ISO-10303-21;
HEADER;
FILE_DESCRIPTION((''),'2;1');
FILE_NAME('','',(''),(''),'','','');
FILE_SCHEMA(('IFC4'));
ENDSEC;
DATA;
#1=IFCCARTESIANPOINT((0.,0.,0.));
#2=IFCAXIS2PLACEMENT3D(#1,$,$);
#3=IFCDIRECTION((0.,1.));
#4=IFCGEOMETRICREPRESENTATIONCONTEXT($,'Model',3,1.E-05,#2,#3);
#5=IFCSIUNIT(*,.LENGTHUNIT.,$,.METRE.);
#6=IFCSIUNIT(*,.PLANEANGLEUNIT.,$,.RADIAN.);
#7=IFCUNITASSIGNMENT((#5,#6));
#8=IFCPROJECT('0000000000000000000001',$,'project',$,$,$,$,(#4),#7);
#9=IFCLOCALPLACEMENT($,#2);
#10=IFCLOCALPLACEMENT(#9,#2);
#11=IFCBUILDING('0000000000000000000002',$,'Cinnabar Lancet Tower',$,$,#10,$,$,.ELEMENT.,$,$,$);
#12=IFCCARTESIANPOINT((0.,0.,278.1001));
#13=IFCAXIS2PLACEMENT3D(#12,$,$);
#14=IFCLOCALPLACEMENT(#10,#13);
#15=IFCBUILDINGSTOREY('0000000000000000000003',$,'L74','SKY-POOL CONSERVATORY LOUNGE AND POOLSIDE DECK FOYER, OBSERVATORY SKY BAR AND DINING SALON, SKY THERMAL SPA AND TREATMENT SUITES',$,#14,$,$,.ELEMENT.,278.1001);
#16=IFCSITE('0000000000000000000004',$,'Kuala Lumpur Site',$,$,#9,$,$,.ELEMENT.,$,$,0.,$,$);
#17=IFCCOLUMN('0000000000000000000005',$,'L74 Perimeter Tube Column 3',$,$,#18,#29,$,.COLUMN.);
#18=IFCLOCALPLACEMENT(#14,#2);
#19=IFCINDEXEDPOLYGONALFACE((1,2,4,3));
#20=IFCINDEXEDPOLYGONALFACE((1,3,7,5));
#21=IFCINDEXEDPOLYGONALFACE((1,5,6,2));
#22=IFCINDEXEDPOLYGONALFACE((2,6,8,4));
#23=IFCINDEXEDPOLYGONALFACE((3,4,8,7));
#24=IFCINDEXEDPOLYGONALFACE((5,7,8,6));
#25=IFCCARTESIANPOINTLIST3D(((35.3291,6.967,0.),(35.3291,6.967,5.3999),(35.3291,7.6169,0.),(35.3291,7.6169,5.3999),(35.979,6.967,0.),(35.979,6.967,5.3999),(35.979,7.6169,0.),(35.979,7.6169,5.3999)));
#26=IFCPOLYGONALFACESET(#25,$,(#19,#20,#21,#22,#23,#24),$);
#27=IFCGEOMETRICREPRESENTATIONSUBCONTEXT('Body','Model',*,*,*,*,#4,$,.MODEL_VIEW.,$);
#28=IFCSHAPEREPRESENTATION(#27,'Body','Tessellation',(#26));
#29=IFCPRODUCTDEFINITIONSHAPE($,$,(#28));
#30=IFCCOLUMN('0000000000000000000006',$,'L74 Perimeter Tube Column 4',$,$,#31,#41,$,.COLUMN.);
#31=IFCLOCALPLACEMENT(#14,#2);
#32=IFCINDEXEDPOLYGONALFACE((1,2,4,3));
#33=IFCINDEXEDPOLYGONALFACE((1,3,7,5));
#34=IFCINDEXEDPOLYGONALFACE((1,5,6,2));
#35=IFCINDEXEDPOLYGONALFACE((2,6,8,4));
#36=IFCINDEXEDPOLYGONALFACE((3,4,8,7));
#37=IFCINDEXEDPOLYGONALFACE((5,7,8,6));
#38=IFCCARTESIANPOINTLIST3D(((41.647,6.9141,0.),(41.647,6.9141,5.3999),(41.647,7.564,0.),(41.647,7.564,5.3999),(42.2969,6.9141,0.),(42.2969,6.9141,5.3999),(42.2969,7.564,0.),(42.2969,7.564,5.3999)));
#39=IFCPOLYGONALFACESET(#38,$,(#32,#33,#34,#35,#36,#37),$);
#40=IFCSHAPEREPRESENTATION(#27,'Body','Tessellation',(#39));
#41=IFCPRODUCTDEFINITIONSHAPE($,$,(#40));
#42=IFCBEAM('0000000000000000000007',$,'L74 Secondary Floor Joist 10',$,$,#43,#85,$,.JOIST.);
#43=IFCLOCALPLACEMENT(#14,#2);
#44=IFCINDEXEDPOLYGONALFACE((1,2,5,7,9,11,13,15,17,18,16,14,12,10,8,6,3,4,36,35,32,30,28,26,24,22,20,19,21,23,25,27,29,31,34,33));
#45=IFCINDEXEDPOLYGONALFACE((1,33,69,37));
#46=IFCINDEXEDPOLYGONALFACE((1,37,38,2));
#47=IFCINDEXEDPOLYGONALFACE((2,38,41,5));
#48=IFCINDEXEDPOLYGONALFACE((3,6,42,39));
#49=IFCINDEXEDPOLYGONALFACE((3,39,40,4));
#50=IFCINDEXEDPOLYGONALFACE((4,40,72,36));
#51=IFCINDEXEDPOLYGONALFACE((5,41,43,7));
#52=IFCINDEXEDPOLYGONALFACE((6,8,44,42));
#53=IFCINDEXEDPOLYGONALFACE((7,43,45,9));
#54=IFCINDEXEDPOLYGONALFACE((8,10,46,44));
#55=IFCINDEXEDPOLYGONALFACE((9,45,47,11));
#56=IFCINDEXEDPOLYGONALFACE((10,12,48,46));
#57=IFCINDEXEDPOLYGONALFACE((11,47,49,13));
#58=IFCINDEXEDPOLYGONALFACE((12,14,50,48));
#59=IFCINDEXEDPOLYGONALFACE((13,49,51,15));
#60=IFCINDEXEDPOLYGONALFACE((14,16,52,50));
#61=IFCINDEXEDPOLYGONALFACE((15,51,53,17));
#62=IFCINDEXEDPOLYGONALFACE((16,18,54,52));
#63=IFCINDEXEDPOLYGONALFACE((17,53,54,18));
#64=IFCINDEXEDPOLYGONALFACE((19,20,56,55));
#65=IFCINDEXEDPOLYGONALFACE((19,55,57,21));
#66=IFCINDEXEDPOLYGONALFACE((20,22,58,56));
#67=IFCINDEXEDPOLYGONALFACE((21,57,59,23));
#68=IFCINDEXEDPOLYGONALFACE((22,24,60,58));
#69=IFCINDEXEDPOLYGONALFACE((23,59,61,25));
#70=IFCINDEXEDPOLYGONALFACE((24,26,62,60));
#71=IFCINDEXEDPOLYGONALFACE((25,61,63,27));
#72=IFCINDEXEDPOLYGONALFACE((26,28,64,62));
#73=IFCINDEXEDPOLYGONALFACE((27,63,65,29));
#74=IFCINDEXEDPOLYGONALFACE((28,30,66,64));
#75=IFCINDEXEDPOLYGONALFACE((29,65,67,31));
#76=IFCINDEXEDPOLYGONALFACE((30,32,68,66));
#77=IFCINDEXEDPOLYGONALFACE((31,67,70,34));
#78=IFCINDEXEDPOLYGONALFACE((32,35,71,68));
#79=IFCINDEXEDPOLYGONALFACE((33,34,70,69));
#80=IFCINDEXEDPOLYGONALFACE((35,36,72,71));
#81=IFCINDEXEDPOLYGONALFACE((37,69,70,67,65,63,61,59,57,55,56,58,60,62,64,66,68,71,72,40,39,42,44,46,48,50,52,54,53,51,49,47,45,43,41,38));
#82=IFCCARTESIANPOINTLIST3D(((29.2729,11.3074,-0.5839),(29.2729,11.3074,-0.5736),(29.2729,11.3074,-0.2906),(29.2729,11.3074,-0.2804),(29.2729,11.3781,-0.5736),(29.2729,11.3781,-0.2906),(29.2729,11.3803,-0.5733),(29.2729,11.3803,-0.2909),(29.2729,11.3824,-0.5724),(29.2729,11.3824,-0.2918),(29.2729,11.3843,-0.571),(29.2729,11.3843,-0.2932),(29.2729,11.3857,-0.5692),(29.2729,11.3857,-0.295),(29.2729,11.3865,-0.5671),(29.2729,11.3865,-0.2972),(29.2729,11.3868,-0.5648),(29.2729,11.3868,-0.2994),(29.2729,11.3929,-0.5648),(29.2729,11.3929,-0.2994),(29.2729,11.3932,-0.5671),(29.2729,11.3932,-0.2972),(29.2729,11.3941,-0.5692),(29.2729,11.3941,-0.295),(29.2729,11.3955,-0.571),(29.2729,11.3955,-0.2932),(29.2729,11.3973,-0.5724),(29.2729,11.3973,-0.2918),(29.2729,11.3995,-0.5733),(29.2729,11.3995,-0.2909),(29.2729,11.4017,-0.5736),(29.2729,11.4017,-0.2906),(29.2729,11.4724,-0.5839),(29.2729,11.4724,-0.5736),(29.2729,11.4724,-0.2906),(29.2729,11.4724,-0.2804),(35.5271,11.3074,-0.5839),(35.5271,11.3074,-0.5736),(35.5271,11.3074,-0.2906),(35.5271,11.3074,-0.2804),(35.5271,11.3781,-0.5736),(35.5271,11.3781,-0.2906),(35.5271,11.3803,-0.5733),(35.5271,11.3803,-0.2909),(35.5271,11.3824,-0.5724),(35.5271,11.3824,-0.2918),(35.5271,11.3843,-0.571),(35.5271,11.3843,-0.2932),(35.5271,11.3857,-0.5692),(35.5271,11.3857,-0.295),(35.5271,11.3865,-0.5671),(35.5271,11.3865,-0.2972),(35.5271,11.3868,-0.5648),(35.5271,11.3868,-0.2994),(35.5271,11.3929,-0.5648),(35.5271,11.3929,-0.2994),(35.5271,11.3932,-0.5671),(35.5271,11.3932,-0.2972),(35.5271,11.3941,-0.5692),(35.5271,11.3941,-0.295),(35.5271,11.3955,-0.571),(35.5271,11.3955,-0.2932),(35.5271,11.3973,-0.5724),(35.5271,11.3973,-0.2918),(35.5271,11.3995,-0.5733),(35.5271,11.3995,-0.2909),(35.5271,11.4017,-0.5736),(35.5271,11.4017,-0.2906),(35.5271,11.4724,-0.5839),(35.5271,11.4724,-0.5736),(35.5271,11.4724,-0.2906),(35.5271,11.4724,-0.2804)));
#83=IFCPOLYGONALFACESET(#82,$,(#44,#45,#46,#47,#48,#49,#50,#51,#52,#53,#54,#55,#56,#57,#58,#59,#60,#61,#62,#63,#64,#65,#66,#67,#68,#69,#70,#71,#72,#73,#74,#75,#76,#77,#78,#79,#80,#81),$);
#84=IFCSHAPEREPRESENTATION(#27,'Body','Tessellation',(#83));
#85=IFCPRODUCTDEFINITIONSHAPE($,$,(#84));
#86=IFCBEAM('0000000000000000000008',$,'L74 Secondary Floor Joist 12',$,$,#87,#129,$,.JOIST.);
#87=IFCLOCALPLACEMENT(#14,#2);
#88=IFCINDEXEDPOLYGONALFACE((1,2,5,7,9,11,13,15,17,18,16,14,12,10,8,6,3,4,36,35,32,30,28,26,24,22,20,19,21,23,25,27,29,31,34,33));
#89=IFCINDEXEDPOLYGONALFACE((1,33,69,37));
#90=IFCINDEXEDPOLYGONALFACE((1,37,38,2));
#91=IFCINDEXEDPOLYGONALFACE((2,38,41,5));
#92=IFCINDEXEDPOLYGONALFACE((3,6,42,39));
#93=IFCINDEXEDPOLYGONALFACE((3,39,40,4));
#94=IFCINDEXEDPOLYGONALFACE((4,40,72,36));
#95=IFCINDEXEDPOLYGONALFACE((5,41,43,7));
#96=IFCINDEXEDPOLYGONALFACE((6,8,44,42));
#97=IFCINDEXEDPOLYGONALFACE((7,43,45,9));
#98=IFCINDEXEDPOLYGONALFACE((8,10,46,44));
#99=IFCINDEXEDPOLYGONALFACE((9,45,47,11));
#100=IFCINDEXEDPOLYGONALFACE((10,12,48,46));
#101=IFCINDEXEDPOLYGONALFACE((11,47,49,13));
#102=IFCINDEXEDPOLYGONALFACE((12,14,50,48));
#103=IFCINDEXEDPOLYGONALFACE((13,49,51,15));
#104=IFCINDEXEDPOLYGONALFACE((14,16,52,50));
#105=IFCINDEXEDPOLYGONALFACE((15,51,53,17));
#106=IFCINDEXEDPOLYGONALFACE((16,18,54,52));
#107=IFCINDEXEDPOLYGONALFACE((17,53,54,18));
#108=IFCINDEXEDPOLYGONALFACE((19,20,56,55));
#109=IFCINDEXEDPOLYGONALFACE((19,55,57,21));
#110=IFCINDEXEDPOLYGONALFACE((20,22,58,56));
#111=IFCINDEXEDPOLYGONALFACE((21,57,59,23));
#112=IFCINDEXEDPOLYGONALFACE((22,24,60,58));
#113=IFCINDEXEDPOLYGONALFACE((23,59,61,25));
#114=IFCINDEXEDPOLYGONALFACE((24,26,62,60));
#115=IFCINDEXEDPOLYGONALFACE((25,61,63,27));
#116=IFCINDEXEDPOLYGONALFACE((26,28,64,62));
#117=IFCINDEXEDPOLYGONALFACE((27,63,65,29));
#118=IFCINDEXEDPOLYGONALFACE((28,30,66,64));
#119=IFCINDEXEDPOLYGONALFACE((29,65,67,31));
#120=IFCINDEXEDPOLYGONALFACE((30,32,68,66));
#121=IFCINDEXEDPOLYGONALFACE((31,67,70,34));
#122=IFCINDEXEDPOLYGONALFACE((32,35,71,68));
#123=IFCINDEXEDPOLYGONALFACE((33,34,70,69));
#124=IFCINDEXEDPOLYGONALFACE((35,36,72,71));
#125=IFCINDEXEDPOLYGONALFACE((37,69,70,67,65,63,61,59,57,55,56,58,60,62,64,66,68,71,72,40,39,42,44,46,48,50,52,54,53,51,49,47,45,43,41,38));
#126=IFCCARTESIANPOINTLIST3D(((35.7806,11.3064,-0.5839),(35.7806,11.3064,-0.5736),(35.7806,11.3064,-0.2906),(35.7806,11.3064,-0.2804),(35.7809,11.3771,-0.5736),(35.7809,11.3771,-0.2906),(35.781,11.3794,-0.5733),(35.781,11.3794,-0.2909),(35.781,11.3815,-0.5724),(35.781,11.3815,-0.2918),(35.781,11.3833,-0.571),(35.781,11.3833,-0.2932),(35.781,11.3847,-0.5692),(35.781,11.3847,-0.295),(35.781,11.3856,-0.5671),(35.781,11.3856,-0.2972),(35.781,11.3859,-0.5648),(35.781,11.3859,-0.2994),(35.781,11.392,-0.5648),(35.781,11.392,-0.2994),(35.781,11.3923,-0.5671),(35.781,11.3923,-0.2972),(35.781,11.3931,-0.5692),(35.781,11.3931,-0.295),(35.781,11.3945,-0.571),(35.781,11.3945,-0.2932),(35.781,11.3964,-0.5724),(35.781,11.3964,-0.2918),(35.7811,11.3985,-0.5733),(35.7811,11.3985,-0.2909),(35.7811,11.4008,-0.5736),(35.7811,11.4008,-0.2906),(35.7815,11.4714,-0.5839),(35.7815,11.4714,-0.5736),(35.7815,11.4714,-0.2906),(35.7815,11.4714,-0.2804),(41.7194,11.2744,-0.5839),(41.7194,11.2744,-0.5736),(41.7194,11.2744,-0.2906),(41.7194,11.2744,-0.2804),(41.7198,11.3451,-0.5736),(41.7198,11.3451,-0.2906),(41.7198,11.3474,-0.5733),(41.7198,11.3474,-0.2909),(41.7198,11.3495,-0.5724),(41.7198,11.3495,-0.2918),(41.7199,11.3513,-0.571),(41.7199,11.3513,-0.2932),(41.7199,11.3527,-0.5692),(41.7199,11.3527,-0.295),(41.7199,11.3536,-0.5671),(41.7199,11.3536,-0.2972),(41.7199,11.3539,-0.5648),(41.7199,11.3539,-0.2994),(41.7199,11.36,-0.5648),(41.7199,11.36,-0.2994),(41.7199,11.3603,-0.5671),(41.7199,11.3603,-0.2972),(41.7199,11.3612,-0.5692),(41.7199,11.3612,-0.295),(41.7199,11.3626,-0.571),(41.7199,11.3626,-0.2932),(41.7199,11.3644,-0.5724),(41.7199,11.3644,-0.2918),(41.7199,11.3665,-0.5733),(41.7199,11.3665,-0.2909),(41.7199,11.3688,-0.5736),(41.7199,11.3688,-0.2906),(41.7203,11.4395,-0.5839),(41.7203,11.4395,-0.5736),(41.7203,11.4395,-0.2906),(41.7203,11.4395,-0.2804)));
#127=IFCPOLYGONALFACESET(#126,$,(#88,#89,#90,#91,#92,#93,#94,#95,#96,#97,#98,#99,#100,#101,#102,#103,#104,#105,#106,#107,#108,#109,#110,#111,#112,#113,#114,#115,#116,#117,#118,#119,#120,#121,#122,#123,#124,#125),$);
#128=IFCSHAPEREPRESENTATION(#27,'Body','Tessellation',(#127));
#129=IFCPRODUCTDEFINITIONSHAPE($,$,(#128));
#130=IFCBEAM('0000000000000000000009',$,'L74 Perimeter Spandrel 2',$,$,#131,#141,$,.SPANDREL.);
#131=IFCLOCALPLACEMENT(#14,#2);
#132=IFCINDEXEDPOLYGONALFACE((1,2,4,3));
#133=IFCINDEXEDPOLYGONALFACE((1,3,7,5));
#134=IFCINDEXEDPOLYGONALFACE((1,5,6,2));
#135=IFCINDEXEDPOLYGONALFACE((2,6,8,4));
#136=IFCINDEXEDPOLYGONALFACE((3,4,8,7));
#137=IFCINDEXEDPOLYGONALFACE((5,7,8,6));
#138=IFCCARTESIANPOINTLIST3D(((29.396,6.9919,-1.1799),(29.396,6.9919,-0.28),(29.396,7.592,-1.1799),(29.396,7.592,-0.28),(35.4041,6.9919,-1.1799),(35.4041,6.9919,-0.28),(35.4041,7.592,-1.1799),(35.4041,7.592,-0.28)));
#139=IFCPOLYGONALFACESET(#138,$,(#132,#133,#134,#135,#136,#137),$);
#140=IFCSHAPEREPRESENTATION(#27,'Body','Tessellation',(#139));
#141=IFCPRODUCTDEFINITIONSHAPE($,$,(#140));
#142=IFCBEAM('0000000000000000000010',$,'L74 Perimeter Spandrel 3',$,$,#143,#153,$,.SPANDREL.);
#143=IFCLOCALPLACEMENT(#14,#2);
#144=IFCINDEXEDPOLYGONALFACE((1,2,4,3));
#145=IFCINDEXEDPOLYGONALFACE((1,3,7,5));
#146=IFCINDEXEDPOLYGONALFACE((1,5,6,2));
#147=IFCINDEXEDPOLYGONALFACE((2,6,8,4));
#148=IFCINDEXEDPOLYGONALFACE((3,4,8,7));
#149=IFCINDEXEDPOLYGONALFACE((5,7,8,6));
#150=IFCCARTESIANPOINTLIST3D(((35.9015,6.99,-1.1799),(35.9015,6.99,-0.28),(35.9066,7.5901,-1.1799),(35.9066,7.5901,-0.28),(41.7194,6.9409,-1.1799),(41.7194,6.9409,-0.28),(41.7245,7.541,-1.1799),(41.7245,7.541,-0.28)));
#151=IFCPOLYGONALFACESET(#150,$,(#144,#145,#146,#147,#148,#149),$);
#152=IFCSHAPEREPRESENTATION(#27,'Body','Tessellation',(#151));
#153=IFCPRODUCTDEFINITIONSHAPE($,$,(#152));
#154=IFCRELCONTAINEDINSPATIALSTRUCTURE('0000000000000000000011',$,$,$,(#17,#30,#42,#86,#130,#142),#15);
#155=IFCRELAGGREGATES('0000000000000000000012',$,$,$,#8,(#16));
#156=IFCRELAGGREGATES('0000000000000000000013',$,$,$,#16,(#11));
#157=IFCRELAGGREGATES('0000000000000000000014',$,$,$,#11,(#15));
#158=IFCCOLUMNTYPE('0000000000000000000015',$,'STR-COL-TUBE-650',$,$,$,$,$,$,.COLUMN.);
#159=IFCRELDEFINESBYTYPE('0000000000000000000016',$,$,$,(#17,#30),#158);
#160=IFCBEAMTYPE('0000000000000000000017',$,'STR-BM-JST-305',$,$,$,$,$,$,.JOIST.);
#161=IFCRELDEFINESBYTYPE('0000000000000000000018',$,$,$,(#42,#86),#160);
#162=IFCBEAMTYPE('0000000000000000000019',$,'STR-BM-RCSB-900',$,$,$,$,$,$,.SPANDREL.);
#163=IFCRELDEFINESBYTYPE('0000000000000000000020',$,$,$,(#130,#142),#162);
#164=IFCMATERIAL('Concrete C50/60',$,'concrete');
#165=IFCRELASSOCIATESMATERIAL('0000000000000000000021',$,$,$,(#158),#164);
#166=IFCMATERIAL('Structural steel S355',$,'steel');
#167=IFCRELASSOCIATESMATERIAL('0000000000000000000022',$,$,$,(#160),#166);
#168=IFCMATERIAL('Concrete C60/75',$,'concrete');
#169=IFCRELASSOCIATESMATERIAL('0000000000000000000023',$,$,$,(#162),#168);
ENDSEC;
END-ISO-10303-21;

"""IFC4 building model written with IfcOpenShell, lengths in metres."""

from ifc_helpers import new_model, si_unit, direction, frame, origin, origin_2d, place, context, subcontext, project, spatial, rectangle, i_section, extrude, material, material_profile, profile_set, type_object, element, save


model = new_model("IFC4")

# Units and contexts
model_context = context("Model", 3, precision=1e-05, world=origin(), true_north=direction((0.0, 1.0)))
body_context = subcontext(model_context, "Body", "Model", "MODEL_VIEW")
ifc_project = project(units=[si_unit("LENGTHUNIT", "METRE"), si_unit("PLANEANGLEUNIT", "RADIAN")], contexts=[model_context])

# Site, building, storey
site_placement = place(None, origin())
site = spatial("IfcSite", under=ifc_project, at=site_placement, Name="Kuala Lumpur Site", CompositionType="ELEMENT", RefElevation=0.0)
building_placement = place(site_placement, origin())
building = spatial("IfcBuilding", under=site, at=building_placement, Name="Cinnabar Lancet Tower", CompositionType="ELEMENT")
storey_placement = place(building_placement, frame((0.0, 0.0, 278.1001)))
storey = spatial("IfcBuildingStorey", under=building, at=storey_placement, Name="L74", Description="SKY-POOL CONSERVATORY LOUNGE AND POOLSIDE DECK FOYER, OBSERVATORY SKY BAR AND DINING SALON, SKY THERMAL SPA AND TREATMENT SUITES", CompositionType="ELEMENT", Elevation=278.1001)

# Columns
ifc_material_1 = material(Name="Concrete C50/60", Category="concrete")
ifc_material_profile_1 = material_profile(ifc_material_1, rectangle(XDim=0.6499, YDim=0.6499, at=origin_2d()), Name="RC-COL 650x650")
ifc_profile_set_1 = profile_set([ifc_material_profile_1], Name="Concrete C50/60")
column_type = type_object("IfcColumnType", Name="STR-COL-TUBE-650", PredefinedType="COLUMN", material=ifc_profile_set_1)
for number, where, z_axis, x_axis, name in (
    (1, (35.6541, 7.292, 0.0), (0.0, 0.0, 1.0), (1.0, 0.0, 0.0), "L74 Perimeter Tube Column 3"),
    (2, (41.9719, 7.239, 0.0), (0.0, 0.0, 1.0), (1.0, 0.0, 0.0), "L74 Perimeter Tube Column 4"),
):
    element("IfcColumn", number, at=place(storey_placement, frame(where, z_axis=z_axis, x_axis=x_axis)), inside=storey, type_object=column_type, Name=name, PredefinedType="COLUMN", context=body_context, shape_type="SweptSolid", body=[
        extrude(rectangle(XDim=0.6499, YDim=0.6499, at=origin_2d()), origin(), (0.0, 0.0, 1.0), 5.3999),
    ])

# Beams
ifc_material_2 = material(Name="Structural steel S355", Category="steel")
ifc_material_profile_2 = material_profile(ifc_material_2, i_section(OverallWidth=0.165, OverallDepth=0.3035, WebThickness=0.0061, FlangeThickness=0.0103, FilletRadius=0.0088, at=origin_2d()), Name="UKB 305x165x40")
ifc_profile_set_2 = profile_set([ifc_material_profile_2], Name="Structural steel S355")
beam_type_1 = type_object("IfcBeamType", Name="STR-BM-JST-305", PredefinedType="JOIST", material=ifc_profile_set_2)
beam_1_placement = place(storey_placement, frame((29.2729, 11.3899, -0.4321), z_axis=(1.0, 0.0, 0.0), x_axis=(0.0, 1.0, 0.0)))
element("IfcBeam", 3, at=beam_1_placement, inside=storey, type_object=beam_type_1, Name="L74 Secondary Floor Joist 10", PredefinedType="JOIST", context=body_context, shape_type="SweptSolid", body=[
    extrude(i_section(OverallWidth=0.165, OverallDepth=0.3035, WebThickness=0.0061, FlangeThickness=0.0103, FilletRadius=0.0088, at=origin_2d()), origin(), (0.0, 0.0, 1.0), 6.2542),
])
beam_2_placement = place(storey_placement, frame((35.781, 11.3889, -0.4321), z_axis=(0.999986, -0.005385, 0.0), x_axis=(0.005385, 0.999986, 0.0)))
element("IfcBeam", 4, at=beam_2_placement, inside=storey, type_object=beam_type_1, Name="L74 Secondary Floor Joist 12", PredefinedType="JOIST", context=body_context, shape_type="SweptSolid", body=[
    extrude(i_section(OverallWidth=0.165, OverallDepth=0.3035, WebThickness=0.0061, FlangeThickness=0.0103, FilletRadius=0.0088, at=origin_2d()), origin(), (0.0, 0.0, 1.0), 5.939),
])
ifc_material_3 = material(Name="Concrete C60/75", Category="concrete")
ifc_material_profile_3 = material_profile(ifc_material_3, rectangle(XDim=0.6001, YDim=0.8999, at=origin_2d()), Name="RC-SB 600x900")
ifc_profile_set_3 = profile_set([ifc_material_profile_3], Name="Concrete C60/75")
beam_type_2 = type_object("IfcBeamType", Name="STR-BM-RCSB-900", PredefinedType="SPANDREL", material=ifc_profile_set_3)
beam_3_placement = place(storey_placement, frame((29.396, 7.292, -0.73), z_axis=(1.0, 0.0, 0.0), x_axis=(0.0, 1.0, 0.0)))
element("IfcBeam", 5, at=beam_3_placement, inside=storey, type_object=beam_type_2, Name="L74 Perimeter Spandrel 2", PredefinedType="SPANDREL", context=body_context, shape_type="SweptSolid", body=[
    extrude(rectangle(XDim=0.6001, YDim=0.8999, at=origin_2d()), origin(), (0.0, 0.0, 1.0), 6.0081),
])
beam_4_placement = place(storey_placement, frame((35.9041, 7.29, -0.73), z_axis=(0.999964, -0.008434, 0.0), x_axis=(0.008434, 0.999964, 0.0)))
element("IfcBeam", 6, at=beam_4_placement, inside=storey, type_object=beam_type_2, Name="L74 Perimeter Spandrel 3", PredefinedType="SPANDREL", context=body_context, shape_type="SweptSolid", body=[
    extrude(rectangle(XDim=0.6001, YDim=0.8999, at=origin_2d()), origin(), (0.0, 0.0, 1.0), 5.8181),
])

save(model, "model.ifc")
